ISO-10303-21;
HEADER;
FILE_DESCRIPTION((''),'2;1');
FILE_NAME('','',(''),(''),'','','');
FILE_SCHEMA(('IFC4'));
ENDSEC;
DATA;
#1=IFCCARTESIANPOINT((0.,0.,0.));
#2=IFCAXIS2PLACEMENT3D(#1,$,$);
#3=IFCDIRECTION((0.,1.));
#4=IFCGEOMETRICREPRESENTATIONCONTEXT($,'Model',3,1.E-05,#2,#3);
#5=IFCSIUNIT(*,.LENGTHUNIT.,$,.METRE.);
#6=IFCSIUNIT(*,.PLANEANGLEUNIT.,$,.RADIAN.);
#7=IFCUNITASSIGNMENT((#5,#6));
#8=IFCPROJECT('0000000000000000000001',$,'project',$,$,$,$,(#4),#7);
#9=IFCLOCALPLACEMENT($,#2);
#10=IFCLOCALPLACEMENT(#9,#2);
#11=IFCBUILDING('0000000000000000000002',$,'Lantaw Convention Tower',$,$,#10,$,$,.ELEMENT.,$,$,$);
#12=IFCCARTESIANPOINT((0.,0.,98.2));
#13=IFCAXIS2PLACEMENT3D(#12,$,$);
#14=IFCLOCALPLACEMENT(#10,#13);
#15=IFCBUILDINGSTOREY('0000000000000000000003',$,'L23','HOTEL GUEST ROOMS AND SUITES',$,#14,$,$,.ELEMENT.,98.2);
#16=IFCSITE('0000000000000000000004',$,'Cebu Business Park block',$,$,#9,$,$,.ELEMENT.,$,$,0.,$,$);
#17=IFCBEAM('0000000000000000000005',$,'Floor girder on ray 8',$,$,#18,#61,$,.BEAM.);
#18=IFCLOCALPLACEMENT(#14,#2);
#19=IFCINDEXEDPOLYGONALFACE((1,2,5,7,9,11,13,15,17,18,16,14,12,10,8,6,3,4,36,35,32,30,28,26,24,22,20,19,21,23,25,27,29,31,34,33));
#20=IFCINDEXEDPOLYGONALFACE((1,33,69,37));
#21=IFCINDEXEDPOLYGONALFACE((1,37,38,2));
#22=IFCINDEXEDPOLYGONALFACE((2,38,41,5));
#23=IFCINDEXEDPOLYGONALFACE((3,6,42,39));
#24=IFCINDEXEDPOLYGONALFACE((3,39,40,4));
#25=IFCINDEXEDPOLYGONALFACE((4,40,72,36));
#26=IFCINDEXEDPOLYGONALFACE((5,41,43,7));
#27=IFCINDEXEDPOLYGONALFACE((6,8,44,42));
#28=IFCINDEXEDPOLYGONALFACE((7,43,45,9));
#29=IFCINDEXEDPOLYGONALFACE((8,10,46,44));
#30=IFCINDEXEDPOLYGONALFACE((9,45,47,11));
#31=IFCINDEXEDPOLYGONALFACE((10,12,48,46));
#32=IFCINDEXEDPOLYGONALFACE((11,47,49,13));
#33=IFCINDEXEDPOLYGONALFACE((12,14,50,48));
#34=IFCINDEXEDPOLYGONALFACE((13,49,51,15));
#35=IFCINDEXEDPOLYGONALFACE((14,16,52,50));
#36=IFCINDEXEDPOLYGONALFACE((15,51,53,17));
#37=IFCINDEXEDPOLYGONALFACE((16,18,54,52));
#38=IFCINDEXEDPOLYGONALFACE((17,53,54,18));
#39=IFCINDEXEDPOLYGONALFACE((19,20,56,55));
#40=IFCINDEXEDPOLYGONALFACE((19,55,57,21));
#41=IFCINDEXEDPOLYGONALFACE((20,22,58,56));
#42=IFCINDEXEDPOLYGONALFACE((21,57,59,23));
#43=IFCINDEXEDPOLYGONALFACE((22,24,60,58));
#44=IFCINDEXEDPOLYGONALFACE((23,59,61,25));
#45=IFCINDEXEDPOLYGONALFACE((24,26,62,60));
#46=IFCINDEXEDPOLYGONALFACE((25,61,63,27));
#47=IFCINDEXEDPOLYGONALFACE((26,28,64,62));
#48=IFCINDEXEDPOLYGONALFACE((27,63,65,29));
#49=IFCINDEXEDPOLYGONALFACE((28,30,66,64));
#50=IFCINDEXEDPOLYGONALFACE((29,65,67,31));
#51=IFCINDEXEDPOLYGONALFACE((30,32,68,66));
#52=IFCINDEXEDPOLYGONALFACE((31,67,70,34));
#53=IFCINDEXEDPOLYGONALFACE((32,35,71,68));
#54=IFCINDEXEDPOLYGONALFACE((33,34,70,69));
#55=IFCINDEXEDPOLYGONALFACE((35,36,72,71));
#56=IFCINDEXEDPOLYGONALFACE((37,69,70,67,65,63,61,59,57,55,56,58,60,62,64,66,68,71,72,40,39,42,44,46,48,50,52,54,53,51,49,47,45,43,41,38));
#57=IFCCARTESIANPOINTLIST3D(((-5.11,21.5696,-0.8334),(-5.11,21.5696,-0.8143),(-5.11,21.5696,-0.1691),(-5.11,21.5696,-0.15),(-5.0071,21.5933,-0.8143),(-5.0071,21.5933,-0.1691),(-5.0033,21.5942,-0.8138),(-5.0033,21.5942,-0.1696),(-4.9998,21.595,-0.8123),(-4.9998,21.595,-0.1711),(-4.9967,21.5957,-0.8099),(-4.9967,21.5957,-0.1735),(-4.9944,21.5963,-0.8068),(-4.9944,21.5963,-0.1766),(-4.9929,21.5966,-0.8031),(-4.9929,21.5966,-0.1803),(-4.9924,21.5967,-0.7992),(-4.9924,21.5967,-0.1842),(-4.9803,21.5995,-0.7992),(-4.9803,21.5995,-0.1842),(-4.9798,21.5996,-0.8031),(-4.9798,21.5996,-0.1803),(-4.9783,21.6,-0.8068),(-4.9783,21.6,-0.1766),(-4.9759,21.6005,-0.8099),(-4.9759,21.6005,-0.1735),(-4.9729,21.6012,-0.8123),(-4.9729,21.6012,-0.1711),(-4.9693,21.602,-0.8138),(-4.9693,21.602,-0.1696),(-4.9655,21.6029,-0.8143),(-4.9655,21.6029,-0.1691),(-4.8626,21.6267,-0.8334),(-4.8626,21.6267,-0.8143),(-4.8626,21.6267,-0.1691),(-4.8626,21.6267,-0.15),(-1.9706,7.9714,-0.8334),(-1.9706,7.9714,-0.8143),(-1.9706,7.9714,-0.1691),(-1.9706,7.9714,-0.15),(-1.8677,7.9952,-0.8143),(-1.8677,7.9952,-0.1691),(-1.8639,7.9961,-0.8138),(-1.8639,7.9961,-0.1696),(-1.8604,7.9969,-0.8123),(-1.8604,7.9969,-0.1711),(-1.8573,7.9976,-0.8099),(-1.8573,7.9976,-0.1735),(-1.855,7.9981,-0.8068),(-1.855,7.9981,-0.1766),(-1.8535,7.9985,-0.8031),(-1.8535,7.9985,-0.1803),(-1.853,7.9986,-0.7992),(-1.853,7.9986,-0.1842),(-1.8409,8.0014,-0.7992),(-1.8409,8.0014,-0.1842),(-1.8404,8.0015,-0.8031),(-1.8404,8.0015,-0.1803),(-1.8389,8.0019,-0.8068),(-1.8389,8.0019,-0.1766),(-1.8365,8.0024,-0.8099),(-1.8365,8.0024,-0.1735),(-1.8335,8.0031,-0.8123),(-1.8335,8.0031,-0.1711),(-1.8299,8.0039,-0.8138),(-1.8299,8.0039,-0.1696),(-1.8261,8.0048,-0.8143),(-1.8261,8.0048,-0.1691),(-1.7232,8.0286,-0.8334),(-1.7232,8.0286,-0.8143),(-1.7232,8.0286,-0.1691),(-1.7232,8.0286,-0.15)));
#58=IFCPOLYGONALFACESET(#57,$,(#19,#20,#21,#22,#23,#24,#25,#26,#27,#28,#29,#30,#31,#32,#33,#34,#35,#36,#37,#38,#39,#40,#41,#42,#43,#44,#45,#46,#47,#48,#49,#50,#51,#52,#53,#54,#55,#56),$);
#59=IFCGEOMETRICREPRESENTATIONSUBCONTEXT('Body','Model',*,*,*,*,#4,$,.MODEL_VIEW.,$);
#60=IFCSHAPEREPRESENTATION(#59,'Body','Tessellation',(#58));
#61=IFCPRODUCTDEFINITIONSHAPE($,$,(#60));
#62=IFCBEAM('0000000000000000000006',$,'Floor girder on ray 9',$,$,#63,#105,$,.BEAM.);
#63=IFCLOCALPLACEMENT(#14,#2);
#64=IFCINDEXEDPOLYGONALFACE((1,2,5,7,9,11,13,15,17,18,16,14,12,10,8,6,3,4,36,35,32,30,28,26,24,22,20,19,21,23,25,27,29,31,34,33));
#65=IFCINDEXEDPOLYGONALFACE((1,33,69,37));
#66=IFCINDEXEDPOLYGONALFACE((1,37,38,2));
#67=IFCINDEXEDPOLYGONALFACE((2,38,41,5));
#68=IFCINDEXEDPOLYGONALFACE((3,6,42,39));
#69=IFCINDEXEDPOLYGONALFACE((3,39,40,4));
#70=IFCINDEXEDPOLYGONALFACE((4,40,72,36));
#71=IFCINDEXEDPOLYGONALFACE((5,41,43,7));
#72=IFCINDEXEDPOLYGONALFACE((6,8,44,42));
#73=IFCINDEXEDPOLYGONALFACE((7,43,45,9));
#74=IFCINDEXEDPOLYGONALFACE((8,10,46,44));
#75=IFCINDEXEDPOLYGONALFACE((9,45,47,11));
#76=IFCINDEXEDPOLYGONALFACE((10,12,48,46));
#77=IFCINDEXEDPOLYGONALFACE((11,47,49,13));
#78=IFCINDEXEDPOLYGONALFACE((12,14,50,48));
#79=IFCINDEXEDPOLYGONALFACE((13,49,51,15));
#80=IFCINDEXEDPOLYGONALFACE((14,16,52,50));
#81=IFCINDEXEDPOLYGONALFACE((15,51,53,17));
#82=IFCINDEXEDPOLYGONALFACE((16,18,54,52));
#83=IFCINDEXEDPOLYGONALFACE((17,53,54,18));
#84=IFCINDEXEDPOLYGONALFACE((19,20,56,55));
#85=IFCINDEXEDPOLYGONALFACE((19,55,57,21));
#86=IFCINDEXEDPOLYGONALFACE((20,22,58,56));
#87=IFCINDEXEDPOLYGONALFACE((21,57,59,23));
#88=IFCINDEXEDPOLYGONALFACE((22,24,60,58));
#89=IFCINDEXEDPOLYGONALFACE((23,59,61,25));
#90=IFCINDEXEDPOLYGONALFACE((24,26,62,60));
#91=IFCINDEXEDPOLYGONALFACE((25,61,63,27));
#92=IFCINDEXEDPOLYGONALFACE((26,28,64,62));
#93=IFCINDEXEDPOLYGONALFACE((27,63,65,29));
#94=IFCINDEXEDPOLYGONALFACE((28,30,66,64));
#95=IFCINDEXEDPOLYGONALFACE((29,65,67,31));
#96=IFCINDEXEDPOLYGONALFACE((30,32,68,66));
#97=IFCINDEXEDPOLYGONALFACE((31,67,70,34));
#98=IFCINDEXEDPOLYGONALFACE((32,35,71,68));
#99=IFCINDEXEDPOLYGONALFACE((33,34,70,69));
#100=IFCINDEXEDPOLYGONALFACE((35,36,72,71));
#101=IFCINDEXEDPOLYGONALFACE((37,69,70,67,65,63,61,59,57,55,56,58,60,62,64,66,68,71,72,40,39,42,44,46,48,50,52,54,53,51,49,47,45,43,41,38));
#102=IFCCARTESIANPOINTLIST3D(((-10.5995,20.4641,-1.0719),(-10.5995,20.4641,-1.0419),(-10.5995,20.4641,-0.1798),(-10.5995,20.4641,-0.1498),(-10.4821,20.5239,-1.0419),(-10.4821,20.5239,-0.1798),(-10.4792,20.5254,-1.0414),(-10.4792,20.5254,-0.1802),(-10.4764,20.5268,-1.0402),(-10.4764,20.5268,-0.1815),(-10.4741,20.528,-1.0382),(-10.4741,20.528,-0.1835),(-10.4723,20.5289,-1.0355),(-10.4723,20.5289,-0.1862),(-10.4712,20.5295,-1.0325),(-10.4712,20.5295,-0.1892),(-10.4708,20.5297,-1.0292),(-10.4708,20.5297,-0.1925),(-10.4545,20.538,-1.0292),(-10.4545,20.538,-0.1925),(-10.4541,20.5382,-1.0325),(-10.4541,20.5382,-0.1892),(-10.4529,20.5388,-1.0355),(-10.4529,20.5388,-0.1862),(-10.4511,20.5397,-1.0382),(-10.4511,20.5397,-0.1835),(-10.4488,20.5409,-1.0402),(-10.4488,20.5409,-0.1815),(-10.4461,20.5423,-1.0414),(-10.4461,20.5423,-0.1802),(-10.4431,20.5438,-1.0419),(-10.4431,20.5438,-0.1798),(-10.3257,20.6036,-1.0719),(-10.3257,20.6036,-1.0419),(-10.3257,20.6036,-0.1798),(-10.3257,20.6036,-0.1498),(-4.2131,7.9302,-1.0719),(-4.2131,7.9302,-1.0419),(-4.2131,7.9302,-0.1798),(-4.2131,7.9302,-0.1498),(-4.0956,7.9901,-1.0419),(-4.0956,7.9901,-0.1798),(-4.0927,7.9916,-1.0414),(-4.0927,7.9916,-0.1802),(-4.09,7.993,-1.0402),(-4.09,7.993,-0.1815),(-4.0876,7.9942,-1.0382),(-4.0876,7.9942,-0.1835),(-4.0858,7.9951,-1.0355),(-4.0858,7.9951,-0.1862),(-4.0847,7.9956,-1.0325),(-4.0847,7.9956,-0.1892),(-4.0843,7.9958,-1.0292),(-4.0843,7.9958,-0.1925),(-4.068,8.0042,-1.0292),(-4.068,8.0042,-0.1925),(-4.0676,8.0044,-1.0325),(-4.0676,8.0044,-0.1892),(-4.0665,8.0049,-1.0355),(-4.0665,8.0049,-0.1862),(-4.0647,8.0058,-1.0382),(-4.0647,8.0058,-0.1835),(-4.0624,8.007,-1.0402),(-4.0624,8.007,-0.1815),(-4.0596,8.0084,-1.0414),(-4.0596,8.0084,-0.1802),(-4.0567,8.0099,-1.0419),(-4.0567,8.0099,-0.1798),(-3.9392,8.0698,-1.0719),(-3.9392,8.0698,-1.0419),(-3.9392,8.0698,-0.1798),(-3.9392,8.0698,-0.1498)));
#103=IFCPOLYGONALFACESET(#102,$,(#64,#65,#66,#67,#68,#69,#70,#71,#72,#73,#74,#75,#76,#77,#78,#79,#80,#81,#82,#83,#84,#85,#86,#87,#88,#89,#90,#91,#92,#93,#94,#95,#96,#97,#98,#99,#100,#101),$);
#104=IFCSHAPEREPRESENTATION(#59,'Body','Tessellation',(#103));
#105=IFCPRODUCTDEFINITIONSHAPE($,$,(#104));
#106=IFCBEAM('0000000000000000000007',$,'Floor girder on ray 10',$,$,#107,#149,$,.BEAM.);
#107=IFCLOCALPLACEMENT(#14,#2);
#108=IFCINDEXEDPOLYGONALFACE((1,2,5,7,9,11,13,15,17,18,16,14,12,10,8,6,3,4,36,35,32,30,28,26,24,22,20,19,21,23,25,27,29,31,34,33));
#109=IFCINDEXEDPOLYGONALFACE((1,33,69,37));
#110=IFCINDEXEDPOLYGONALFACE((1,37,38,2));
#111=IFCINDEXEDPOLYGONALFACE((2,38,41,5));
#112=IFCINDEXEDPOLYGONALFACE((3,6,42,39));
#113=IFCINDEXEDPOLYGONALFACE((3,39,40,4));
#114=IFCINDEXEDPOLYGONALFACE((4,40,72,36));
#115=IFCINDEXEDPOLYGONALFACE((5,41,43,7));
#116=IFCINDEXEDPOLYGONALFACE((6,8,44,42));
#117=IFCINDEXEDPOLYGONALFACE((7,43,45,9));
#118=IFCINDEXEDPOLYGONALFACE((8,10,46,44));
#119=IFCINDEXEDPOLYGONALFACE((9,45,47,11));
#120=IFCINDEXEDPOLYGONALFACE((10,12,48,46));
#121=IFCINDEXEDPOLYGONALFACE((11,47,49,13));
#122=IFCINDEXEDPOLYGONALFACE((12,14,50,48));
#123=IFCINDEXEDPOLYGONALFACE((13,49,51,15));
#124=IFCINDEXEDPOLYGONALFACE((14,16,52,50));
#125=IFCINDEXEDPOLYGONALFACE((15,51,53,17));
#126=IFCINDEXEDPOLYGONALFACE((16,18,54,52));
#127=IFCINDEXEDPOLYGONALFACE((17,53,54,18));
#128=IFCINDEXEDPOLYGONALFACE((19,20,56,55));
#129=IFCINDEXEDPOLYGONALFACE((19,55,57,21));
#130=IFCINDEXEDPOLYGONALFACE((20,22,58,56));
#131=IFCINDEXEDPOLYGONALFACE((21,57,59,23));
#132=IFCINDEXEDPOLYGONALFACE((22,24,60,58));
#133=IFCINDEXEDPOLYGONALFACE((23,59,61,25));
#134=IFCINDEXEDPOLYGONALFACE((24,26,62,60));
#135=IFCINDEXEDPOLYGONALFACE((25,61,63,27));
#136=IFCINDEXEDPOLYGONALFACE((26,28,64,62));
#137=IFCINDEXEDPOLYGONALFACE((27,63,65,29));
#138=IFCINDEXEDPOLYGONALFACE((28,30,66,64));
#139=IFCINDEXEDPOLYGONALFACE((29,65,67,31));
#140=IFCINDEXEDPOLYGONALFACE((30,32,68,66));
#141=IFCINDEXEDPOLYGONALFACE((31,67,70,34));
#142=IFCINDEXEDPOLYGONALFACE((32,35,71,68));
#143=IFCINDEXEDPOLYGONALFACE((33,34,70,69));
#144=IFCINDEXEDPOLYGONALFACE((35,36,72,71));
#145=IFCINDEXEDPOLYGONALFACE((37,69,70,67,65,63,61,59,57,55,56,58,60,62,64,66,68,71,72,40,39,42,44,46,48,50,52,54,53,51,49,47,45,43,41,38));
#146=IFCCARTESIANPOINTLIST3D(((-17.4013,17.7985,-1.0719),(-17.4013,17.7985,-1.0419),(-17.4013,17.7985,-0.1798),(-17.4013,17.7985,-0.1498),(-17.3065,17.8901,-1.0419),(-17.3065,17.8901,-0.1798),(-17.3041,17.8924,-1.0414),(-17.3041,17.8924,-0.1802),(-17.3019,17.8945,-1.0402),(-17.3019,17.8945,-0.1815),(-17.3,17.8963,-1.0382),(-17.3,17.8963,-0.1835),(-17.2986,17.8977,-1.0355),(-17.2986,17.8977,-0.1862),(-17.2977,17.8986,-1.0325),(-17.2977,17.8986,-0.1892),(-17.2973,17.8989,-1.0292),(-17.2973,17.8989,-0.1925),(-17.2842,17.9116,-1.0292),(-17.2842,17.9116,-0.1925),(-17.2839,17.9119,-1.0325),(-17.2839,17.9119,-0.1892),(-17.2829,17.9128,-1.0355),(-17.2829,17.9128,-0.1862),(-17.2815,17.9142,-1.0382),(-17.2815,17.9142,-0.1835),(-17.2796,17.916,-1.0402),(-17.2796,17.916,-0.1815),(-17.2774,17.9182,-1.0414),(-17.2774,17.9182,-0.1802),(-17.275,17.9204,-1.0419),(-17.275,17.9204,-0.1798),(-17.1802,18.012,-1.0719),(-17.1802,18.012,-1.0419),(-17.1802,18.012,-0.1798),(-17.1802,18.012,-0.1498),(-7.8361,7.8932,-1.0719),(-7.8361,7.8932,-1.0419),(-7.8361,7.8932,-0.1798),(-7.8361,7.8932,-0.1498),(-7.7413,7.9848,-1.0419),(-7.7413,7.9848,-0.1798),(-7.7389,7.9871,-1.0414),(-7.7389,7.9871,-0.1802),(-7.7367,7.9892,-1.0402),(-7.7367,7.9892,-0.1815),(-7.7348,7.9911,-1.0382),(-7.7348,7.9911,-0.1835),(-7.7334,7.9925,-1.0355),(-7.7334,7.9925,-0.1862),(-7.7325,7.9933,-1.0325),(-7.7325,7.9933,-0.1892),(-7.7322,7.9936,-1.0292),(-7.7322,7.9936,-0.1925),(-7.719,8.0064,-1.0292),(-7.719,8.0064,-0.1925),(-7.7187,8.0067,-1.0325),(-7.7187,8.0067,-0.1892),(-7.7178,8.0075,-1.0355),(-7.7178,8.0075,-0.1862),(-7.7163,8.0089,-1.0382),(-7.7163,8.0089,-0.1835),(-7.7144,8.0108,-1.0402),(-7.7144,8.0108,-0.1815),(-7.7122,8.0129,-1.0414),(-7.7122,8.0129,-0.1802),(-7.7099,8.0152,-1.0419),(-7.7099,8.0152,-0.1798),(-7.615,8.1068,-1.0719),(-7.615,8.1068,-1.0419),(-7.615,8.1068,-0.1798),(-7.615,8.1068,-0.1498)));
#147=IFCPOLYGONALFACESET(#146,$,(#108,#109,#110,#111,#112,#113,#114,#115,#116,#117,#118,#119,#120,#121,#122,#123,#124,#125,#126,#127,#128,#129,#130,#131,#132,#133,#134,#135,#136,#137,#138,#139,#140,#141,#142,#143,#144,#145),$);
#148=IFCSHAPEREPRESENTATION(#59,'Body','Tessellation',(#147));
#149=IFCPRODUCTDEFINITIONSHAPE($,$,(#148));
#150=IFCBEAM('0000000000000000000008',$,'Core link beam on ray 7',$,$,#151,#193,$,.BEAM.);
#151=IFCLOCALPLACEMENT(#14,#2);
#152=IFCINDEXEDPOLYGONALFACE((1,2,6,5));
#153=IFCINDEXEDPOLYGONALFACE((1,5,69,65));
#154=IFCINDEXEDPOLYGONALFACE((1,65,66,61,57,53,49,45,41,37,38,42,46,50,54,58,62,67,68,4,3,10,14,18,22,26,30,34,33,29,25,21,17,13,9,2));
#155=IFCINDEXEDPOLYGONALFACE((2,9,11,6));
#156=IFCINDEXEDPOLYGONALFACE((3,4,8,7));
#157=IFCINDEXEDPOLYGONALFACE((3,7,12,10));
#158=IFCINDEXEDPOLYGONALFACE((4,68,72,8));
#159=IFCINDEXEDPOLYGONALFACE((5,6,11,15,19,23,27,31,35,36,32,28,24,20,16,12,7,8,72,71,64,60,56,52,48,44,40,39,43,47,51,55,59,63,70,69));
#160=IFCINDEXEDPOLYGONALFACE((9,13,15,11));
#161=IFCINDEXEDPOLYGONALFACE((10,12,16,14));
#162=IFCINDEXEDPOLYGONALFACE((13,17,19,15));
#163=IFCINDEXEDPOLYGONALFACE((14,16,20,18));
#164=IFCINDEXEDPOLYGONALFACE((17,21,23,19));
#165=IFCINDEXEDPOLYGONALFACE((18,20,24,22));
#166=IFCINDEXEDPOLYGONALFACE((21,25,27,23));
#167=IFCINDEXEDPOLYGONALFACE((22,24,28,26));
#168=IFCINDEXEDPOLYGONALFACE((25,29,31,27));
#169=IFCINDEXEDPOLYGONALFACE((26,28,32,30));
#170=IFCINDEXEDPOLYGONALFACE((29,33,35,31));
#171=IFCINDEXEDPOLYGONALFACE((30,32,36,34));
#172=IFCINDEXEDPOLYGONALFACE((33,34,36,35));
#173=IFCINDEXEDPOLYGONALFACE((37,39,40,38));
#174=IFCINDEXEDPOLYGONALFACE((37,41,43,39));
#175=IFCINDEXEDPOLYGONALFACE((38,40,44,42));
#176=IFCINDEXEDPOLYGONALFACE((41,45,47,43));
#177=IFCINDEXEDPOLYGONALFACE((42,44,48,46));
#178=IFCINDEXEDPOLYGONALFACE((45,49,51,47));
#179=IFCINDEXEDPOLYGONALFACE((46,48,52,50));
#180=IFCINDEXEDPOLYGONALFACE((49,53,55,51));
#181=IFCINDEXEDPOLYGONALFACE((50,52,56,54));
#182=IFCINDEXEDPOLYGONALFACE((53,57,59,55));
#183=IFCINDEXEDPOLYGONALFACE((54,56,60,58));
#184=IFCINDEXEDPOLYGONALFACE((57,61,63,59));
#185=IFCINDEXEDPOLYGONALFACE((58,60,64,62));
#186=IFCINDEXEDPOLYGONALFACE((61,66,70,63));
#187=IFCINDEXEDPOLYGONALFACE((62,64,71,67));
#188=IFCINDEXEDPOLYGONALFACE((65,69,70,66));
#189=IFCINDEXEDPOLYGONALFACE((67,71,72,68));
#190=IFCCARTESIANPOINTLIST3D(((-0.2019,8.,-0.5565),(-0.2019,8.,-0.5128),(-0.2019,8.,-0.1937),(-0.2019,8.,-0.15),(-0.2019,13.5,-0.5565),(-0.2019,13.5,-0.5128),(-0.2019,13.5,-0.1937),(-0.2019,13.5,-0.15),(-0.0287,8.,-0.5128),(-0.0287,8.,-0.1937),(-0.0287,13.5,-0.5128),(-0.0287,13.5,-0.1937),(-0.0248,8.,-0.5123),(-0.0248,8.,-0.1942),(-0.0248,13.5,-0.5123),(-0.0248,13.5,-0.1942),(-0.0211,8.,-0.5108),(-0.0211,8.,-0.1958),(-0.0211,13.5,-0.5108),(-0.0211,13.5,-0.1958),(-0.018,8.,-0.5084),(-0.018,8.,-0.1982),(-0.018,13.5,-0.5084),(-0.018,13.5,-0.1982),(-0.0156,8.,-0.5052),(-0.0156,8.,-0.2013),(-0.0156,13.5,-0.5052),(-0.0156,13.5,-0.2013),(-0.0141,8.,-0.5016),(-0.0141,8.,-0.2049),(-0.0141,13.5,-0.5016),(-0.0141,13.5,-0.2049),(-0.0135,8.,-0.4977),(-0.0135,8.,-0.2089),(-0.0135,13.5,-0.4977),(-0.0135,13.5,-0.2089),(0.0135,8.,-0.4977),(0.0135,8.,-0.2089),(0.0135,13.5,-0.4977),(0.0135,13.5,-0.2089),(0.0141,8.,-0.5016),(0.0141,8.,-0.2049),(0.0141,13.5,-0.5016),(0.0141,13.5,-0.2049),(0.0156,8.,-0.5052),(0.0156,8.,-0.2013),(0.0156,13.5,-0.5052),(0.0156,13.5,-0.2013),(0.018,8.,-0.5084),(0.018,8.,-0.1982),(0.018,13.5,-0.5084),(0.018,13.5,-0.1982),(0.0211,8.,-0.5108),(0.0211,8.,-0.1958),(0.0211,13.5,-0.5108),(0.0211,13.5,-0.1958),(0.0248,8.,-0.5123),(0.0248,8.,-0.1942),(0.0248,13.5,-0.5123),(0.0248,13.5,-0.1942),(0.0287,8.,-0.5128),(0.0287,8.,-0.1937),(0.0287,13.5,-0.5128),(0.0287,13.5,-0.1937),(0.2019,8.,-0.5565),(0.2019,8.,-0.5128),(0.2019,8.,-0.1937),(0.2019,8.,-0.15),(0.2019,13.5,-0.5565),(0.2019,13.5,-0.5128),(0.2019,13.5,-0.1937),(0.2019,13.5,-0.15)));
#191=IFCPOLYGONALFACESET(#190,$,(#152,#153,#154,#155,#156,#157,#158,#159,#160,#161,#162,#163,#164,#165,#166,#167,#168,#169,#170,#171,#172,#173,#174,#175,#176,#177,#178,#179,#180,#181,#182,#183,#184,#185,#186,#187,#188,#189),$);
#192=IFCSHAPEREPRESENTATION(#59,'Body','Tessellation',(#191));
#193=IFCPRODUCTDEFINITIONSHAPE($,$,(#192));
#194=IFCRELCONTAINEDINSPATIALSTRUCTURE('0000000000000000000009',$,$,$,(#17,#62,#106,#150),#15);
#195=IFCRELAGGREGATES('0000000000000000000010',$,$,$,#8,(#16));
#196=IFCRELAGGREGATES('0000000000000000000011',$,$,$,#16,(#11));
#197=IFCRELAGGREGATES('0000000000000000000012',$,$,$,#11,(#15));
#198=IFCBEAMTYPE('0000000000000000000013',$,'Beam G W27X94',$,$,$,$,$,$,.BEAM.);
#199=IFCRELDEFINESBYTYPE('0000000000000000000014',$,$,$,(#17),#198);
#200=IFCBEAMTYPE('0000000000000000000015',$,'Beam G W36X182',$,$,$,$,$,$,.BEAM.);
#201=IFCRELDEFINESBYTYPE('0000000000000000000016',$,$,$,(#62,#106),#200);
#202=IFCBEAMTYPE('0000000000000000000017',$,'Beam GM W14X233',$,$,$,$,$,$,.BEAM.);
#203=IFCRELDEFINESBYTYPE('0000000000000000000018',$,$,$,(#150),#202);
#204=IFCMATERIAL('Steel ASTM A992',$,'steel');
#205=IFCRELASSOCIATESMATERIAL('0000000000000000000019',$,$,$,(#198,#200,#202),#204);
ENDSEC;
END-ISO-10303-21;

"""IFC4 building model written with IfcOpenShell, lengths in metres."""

from ifc_helpers import new_model, si_unit, direction, frame, origin, origin_2d, place, context, subcontext, project, spatial, i_section, extrude, material, material_profile, profile_set, type_object, element, save


model = new_model("IFC4")

# Units and contexts
model_context = context("Model", 3, precision=1e-05, world=origin(), true_north=direction((0.0, 1.0)))
body_context = subcontext(model_context, "Body", "Model", "MODEL_VIEW")
ifc_project = project(units=[si_unit("LENGTHUNIT", "METRE"), si_unit("PLANEANGLEUNIT", "RADIAN")], contexts=[model_context])

# Site, building, storey
site_placement = place(None, origin())
site = spatial("IfcSite", under=ifc_project, at=site_placement, Name="Cebu Business Park block", CompositionType="ELEMENT", RefElevation=0.0)
building_placement = place(site_placement, origin())
building = spatial("IfcBuilding", under=site, at=building_placement, Name="Lantaw Convention Tower", CompositionType="ELEMENT")
storey_placement = place(building_placement, frame((0.0, 0.0, 98.2)))
storey = spatial("IfcBuildingStorey", under=building, at=storey_placement, Name="L23", Description="HOTEL GUEST ROOMS AND SUITES", CompositionType="ELEMENT", Elevation=98.2)

# Beams
ifc_material_1 = material(Name="Steel ASTM A992", Category="steel")
ifc_material_profile_1 = material_profile(ifc_material_1, i_section(OverallWidth=0.2539, OverallDepth=0.6833, WebThickness=0.0125, FlangeThickness=0.019, FilletRadius=0.0151, at=origin_2d()), Name="W27X94")
ifc_profile_set_1 = profile_set([ifc_material_profile_1], Name="Steel ASTM A992")
beam_type_1 = type_object("IfcBeamType", Name="Beam G W27X94", PredefinedType="BEAM", material=ifc_profile_set_1)
beam_1_placement = place(storey_placement, frame((-1.8469, 8.0, -0.4917), z_axis=(-0.224953, 0.97437, 0.0), x_axis=(-0.97437, -0.224953, 0.0)))
element("IfcBeam", 1, at=beam_1_placement, inside=storey, type_object=beam_type_1, Name="Floor girder on ray 8", PredefinedType="BEAM", context=body_context, shape_type="SweptSolid", body=[
    extrude(i_section(OverallWidth=0.2539, OverallDepth=0.6833, WebThickness=0.0125, FlangeThickness=0.019, FilletRadius=0.0151, at=origin_2d()), origin(), (0.0, 0.0, 1.0), 13.9558),
])
ifc_material_profile_2 = material_profile(ifc_material_1, i_section(OverallWidth=0.3074, OverallDepth=0.9221, WebThickness=0.0183, FlangeThickness=0.03, FilletRadius=0.0127, at=origin_2d()), Name="W36X182")
ifc_profile_set_2 = profile_set([ifc_material_profile_2], Name="Steel ASTM A992")
beam_type_2 = type_object("IfcBeamType", Name="Beam G W36X182", PredefinedType="BEAM", material=ifc_profile_set_2)
beam_2_placement = place(storey_placement, frame((-4.0762, 8.0, -0.6108), z_axis=(-0.453997, 0.891003, 0.0), x_axis=(-0.891003, -0.453997, 0.0)))
element("IfcBeam", 2, at=beam_2_placement, inside=storey, type_object=beam_type_2, Name="Floor girder on ray 9", PredefinedType="BEAM", context=body_context, shape_type="SweptSolid", body=[
    extrude(i_section(OverallWidth=0.3074, OverallDepth=0.9221, WebThickness=0.0183, FlangeThickness=0.03, FilletRadius=0.0127, at=origin_2d()), origin(), (0.0, 0.0, 1.0), 14.0671),
])
beam_3_placement = place(storey_placement, frame((-7.7256, 8.0, -0.6108), z_axis=(-0.69465, 0.719348, 0.0), x_axis=(-0.719348, -0.69465, 0.0)))
element("IfcBeam", 3, at=beam_3_placement, inside=storey, type_object=beam_type_2, Name="Floor girder on ray 10", PredefinedType="BEAM", context=body_context, shape_type="SweptSolid", body=[
    extrude(i_section(OverallWidth=0.3074, OverallDepth=0.9221, WebThickness=0.0183, FlangeThickness=0.03, FilletRadius=0.0127, at=origin_2d()), origin(), (0.0, 0.0, 1.0), 13.7698),
])
ifc_material_profile_3 = material_profile(ifc_material_1, i_section(OverallWidth=0.4038, OverallDepth=0.4065, WebThickness=0.0271, FlangeThickness=0.0437, FilletRadius=0.0151, at=origin_2d()), Name="W14X233")
ifc_profile_set_3 = profile_set([ifc_material_profile_3], Name="Steel ASTM A992")
beam_type_3 = type_object("IfcBeamType", Name="Beam GM W14X233", PredefinedType="BEAM", material=ifc_profile_set_3)
beam_4_placement = place(storey_placement, frame((0.0, 8.0, -0.3533), z_axis=(0.0, 1.0, 0.0), x_axis=(-1.0, 0.0, 0.0)))
element("IfcBeam", 4, at=beam_4_placement, inside=storey, type_object=beam_type_3, Name="Core link beam on ray 7", PredefinedType="BEAM", context=body_context, shape_type="SweptSolid", body=[
    extrude(i_section(OverallWidth=0.4038, OverallDepth=0.4065, WebThickness=0.0271, FlangeThickness=0.0437, FilletRadius=0.0151, at=origin_2d()), origin(), (0.0, 0.0, 1.0), 5.5),
])

save(model, "model.ifc")
